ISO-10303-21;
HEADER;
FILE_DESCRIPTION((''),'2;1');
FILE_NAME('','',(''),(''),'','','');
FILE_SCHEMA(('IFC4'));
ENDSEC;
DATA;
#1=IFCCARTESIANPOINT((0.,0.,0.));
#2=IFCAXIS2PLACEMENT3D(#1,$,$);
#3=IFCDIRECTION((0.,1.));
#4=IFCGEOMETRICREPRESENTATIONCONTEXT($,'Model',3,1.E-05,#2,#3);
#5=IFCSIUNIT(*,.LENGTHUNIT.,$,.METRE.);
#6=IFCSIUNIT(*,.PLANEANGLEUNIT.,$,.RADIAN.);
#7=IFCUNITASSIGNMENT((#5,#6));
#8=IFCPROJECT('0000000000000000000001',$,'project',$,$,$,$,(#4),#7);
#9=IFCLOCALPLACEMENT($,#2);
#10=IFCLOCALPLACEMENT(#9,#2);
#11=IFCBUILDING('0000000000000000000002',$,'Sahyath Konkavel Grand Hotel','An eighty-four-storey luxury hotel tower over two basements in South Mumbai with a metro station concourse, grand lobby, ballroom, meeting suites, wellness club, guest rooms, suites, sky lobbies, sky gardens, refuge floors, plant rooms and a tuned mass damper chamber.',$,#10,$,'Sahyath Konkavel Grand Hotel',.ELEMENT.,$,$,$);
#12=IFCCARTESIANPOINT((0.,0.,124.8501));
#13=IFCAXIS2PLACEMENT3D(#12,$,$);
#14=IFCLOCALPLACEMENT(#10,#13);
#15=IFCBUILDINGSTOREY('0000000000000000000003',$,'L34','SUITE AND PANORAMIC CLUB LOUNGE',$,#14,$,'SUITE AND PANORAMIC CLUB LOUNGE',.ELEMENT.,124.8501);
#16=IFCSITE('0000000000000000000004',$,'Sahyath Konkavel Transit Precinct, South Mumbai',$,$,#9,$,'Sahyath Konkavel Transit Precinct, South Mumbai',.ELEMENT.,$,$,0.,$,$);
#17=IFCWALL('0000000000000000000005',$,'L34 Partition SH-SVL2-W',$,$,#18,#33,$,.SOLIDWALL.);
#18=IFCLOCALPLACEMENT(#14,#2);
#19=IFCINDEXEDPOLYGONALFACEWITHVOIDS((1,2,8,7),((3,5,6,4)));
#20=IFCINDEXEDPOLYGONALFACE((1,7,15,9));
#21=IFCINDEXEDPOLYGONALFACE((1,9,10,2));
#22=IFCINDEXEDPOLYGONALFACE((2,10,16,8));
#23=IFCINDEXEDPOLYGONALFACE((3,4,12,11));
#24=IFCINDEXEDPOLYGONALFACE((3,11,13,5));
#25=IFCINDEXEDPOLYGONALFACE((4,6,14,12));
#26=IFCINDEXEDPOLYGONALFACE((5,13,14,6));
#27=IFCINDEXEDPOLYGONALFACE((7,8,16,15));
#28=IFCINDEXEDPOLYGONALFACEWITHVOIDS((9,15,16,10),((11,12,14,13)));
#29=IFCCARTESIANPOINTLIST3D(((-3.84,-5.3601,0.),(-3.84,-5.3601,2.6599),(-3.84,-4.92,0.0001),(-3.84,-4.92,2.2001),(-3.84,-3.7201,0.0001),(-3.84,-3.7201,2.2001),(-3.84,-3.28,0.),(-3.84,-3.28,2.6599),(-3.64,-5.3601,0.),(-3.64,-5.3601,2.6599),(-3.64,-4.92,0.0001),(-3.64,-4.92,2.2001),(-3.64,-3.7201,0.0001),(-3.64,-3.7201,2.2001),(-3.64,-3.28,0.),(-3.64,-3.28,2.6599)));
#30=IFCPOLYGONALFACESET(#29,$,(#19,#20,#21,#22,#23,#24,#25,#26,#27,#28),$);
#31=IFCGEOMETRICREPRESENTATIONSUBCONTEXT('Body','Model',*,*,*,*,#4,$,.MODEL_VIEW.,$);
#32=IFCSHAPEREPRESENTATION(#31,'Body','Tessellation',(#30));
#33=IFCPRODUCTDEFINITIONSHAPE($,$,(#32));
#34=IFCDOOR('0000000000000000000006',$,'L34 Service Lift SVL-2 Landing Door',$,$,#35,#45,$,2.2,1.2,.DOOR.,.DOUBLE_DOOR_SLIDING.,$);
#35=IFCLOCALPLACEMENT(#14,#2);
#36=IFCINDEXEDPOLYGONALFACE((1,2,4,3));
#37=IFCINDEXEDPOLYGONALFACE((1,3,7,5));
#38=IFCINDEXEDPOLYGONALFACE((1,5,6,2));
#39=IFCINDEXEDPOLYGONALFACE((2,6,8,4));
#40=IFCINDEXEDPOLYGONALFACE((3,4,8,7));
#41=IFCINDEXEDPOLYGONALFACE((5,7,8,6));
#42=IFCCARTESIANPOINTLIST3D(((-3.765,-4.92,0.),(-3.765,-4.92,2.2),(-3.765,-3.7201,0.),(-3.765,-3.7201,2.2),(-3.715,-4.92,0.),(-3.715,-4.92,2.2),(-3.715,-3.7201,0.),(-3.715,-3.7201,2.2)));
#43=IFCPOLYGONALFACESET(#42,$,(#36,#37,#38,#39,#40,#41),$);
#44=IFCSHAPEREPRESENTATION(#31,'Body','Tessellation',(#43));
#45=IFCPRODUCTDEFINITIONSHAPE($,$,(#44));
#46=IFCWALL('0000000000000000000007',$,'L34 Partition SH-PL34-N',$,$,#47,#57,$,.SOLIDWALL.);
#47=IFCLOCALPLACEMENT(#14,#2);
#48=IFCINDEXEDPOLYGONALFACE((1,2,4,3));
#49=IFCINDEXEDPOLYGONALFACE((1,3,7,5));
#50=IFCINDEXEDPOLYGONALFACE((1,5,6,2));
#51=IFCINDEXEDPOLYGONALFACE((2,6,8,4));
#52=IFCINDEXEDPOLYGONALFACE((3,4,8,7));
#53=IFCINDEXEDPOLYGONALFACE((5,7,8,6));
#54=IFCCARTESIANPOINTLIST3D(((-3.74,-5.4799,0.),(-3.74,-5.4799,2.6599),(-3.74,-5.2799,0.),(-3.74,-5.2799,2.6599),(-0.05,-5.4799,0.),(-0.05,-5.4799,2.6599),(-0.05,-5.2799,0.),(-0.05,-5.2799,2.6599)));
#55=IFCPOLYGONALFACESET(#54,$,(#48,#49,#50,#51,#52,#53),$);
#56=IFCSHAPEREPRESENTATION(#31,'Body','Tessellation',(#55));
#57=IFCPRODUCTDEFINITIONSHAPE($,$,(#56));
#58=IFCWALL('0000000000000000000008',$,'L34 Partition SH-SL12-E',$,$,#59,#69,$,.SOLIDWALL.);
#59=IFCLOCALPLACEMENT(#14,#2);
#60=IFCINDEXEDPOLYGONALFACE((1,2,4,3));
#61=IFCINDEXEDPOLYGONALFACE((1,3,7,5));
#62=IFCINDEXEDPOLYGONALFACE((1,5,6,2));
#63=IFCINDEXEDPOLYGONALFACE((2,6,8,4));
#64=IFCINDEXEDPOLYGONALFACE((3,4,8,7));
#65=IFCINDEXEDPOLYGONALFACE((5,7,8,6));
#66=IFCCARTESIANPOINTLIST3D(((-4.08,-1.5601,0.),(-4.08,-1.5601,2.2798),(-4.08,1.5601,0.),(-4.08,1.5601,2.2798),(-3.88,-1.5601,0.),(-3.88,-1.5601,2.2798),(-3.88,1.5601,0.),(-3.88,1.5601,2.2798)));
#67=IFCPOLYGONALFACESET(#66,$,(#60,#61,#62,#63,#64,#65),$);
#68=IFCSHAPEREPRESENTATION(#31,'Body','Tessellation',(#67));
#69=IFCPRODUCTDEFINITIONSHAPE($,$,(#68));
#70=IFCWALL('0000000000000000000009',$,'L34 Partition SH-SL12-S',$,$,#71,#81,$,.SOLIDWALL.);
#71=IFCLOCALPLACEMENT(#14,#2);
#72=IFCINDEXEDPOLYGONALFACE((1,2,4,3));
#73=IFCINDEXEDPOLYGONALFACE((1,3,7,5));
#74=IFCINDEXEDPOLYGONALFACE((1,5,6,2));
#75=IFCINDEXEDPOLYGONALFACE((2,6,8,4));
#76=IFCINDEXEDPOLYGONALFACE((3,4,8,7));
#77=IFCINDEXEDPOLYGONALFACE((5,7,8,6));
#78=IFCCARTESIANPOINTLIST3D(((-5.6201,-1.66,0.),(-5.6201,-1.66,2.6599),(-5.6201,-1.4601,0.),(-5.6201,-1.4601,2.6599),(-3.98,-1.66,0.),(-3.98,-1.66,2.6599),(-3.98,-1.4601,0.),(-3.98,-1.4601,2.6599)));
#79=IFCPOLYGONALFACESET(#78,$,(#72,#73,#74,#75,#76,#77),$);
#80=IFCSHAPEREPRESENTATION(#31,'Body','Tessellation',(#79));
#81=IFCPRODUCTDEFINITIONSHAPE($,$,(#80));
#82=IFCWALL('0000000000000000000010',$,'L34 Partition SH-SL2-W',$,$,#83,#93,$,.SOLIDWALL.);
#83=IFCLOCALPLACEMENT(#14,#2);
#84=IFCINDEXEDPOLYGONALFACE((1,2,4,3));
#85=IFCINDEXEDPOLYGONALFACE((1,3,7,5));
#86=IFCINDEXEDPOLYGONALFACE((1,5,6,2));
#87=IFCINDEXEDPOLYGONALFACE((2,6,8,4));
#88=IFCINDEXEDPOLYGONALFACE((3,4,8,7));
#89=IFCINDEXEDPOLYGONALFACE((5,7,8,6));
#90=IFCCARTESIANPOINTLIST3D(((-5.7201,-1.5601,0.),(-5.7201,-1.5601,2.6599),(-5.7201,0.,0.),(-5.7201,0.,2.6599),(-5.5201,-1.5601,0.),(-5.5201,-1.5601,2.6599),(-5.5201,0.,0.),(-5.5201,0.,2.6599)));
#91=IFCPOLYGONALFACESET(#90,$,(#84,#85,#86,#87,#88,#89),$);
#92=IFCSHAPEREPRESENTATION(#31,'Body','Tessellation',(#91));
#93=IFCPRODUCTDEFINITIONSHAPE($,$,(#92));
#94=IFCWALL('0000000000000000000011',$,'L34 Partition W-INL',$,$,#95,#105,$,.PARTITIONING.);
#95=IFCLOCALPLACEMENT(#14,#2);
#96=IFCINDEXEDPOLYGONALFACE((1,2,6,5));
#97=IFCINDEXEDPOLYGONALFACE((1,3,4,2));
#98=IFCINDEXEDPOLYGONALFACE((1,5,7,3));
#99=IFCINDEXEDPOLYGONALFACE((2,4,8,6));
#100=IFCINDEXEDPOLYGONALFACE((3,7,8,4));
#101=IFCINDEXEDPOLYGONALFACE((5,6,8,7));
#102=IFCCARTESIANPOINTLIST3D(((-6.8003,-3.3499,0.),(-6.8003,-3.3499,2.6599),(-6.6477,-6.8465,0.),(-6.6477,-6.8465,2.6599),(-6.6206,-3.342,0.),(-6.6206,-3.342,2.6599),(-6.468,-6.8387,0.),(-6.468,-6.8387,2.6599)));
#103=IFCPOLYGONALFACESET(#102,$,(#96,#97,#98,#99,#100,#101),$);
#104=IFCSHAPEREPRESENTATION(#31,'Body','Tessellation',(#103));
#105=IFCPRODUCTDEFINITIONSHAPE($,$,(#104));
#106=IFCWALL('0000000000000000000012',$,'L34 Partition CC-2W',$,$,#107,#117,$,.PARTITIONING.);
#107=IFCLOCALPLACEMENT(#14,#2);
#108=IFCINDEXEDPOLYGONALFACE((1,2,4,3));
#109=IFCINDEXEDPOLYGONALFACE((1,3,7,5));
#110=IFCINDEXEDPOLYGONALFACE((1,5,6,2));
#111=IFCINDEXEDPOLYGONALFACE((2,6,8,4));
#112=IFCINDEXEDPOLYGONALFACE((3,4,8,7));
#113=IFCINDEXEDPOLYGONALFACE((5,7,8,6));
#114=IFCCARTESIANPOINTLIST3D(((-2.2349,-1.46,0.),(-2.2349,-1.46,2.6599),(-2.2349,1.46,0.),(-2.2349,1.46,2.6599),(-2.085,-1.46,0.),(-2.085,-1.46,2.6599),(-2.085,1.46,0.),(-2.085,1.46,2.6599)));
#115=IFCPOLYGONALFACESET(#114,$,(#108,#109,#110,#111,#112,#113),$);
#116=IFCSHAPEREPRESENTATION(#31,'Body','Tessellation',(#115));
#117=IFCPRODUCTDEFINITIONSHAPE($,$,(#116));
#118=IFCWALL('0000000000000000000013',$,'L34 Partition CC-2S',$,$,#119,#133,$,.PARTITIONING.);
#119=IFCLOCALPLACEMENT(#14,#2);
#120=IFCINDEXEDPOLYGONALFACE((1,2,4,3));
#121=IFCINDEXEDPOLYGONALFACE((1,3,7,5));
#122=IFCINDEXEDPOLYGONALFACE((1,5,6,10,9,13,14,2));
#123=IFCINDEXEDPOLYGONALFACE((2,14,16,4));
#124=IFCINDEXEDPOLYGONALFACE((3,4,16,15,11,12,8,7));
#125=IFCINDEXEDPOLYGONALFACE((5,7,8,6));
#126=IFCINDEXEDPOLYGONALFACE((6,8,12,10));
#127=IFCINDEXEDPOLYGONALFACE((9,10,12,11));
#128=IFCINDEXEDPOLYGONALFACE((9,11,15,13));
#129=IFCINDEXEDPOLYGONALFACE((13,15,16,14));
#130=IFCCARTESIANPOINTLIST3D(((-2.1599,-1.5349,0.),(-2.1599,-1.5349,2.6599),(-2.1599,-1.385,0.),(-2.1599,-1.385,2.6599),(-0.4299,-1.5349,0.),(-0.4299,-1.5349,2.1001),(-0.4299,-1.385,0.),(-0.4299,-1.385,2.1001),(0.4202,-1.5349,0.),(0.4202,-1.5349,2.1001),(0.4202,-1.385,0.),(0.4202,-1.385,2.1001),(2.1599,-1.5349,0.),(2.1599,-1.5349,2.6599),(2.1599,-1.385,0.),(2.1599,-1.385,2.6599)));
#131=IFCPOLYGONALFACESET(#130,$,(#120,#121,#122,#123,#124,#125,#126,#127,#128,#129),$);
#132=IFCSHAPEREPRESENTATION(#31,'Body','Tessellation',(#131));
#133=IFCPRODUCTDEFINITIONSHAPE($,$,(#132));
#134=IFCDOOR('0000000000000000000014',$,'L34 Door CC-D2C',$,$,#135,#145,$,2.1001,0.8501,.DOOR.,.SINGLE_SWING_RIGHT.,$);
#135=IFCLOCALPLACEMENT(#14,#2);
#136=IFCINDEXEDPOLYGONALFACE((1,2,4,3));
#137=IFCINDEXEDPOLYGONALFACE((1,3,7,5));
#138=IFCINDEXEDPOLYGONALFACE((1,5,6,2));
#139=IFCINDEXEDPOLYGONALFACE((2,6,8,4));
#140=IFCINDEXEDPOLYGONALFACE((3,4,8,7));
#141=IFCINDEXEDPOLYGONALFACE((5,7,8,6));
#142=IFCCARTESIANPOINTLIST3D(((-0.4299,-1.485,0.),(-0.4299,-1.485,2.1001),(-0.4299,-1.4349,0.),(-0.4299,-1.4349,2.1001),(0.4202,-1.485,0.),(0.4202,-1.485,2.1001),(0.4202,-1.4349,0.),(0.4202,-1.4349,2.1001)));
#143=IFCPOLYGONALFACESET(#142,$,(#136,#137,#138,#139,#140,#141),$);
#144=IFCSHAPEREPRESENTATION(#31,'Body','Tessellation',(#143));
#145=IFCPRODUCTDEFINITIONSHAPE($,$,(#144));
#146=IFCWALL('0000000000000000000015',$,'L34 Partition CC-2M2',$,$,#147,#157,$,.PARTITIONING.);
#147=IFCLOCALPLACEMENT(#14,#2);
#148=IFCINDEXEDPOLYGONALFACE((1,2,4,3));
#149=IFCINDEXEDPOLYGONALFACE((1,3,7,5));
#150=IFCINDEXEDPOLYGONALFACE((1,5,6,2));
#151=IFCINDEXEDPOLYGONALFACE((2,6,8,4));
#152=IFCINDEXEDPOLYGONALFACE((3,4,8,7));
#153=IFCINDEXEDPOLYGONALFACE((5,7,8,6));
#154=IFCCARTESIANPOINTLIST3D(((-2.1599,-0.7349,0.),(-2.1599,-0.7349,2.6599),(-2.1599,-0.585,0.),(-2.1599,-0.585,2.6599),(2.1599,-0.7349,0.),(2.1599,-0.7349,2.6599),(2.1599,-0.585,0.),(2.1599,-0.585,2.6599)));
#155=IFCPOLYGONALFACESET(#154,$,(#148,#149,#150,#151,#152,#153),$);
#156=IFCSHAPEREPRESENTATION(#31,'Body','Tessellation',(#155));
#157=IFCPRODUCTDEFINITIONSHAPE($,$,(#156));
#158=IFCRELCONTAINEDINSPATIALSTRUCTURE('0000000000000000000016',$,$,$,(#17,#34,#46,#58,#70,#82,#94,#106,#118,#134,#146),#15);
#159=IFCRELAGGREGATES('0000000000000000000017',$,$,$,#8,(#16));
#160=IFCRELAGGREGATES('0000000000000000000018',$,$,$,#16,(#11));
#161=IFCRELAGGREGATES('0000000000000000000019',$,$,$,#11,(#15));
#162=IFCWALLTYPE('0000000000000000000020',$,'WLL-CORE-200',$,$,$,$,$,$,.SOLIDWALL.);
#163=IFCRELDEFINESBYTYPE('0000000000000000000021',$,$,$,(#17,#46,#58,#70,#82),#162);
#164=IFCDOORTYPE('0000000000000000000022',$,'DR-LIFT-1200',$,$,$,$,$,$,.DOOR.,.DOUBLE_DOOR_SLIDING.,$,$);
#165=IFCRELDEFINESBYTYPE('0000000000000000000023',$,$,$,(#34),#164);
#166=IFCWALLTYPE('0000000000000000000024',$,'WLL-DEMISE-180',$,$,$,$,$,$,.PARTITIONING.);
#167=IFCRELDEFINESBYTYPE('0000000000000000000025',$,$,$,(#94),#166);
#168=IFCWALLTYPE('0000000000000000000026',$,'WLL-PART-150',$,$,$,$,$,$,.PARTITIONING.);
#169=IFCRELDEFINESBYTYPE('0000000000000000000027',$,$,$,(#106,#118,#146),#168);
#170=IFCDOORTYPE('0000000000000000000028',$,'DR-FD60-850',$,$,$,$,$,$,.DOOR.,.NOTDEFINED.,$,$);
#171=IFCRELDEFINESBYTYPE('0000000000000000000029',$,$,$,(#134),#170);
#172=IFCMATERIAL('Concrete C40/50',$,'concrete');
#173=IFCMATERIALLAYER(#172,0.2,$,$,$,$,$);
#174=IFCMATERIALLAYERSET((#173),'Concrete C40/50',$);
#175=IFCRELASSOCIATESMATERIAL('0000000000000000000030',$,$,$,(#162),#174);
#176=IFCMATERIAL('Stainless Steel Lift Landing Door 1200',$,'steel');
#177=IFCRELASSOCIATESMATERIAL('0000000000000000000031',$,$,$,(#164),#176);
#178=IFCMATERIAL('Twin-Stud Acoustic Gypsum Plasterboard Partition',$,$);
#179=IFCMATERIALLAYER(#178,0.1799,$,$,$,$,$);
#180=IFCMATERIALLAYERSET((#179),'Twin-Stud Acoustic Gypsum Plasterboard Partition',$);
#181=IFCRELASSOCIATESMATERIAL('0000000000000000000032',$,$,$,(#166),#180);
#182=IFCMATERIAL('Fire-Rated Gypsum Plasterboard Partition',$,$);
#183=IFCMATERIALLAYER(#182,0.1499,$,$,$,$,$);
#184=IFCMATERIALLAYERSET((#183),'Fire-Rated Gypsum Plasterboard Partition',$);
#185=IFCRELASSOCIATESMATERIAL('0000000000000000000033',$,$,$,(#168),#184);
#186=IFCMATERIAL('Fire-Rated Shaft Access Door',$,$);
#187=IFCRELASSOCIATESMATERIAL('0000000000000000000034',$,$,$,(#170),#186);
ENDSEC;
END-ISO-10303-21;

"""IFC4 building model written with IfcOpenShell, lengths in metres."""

from ifc_helpers import new_model, si_unit, direction, frame, frame_2d, origin, origin_2d, place, context, subcontext, project, spatial, rectangle, extrude, source, transform, mapped, material, layer, layer_set, type_object, element, fill, save


model = new_model("IFC4")

# Units and contexts
model_context = context("Model", 3, precision=1e-05, world=origin(), true_north=direction((0.0, 1.0)))
body_context = subcontext(model_context, "Body", "Model", "MODEL_VIEW")
ifc_project = project(units=[si_unit("LENGTHUNIT", "METRE"), si_unit("PLANEANGLEUNIT", "RADIAN")], contexts=[model_context])

# Site, building, storey
site_placement = place(None, origin())
site = spatial("IfcSite", under=ifc_project, at=site_placement, Name="Sahyath Konkavel Transit Precinct, South Mumbai", LongName="Sahyath Konkavel Transit Precinct, South Mumbai", CompositionType="ELEMENT", RefElevation=0.0)
building_placement = place(site_placement, origin())
building = spatial("IfcBuilding", under=site, at=building_placement, Name="Sahyath Konkavel Grand Hotel", Description="An eighty-four-storey luxury hotel tower over two basements in South Mumbai with a metro station concourse, grand lobby, ballroom, meeting suites, wellness club, guest rooms, suites, sky lobbies, sky gardens, refuge floors, plant rooms and a tuned mass damper chamber.", LongName="Sahyath Konkavel Grand Hotel", CompositionType="ELEMENT")
storey_placement = place(building_placement, frame((0.0, 0.0, 124.8501)))
storey = spatial("IfcBuildingStorey", under=building, at=storey_placement, Name="L34", Description="SUITE AND PANORAMIC CLUB LOUNGE", LongName="SUITE AND PANORAMIC CLUB LOUNGE", CompositionType="ELEMENT", Elevation=124.8501)

# Shared definitions
ifc_material_1 = material(Name="Concrete C40/50", Category="concrete")
ifc_layer_1 = layer(ifc_material_1, 0.2)
ifc_layer_set_1 = layer_set([ifc_layer_1], Name="Concrete C40/50")
wall_type_1 = type_object("IfcWallType", Name="WLL-CORE-200", PredefinedType="SOLIDWALL", material=ifc_layer_set_1)

# Wall, opening, door
wall_1_placement = place(storey_placement, frame((-3.74, -5.3601, 0.0), z_axis=(0.0, 0.0, 1.0), x_axis=(0.0, 1.0, 0.0)))
wall_1 = element("IfcWall", 1, at=wall_1_placement, inside=storey, type_object=wall_type_1, Name="L34 Partition SH-SVL2-W", PredefinedType="SOLIDWALL", context=body_context, shape_type="SweptSolid", body=[
    extrude(rectangle(XDim=2.0801, YDim=0.2, at=frame_2d((1.04, 0.0))), origin(), (0.0, 0.0, 1.0), 2.6599),
])
opening_1_placement = place(wall_1_placement, frame((0.4399, 0.0, 0.0)))
opening_1 = element("IfcOpeningElement", 2, at=opening_1_placement, cuts=wall_1, PredefinedType="OPENING", context=body_context, shape_type="SweptSolid", body=[
    extrude(rectangle(XDim=1.2, YDim=2.2, at=frame_2d((0.6001, 1.1001))), frame((0.0, 0.1099, 0.0), z_axis=(0.0, -1.0, 0.0), x_axis=(1.0, 0.0, 0.0)), (0.0, 0.0, 1.0), 0.22),
])
ifc_material_2 = material(Name="Stainless Steel Lift Landing Door 1200", Category="steel")
door_type_1 = type_object("IfcDoorType", Name="DR-LIFT-1200", OperationType="DOUBLE_DOOR_SLIDING", PredefinedType="DOOR", material=ifc_material_2)
shared_shape_1 = source(origin(), body_context, "Body", "SweptSolid", [
    extrude(rectangle(XDim=1.2, YDim=0.05, at=origin_2d()), origin(), (0.0, 0.0, 1.0), 2.2),
])
door_1_placement = place(opening_1_placement, frame((0.6001, 0.0, 0.0)))
door_1 = element("IfcDoor", 3, at=door_1_placement, inside=storey, type_object=door_type_1, Name="L34 Service Lift SVL-2 Landing Door", OperationType="DOUBLE_DOOR_SLIDING", OverallHeight=2.2, OverallWidth=1.2, PredefinedType="DOOR", context=body_context, shape_type="MappedRepresentation", body=[
    mapped(shared_shape_1, transform((0.0, 0.0, 0.0), scale=1.0)),
])
fill(opening_1, door_1)

# Walls
wall_2_placement = place(storey_placement, frame((-3.74, -5.3799, 0.0), z_axis=(0.0, 0.0, 1.0), x_axis=(1.0, 0.0, 0.0)))
element("IfcWall", 4, at=wall_2_placement, inside=storey, type_object=wall_type_1, Name="L34 Partition SH-PL34-N", PredefinedType="SOLIDWALL", context=body_context, shape_type="SweptSolid", body=[
    extrude(rectangle(XDim=3.6899, YDim=0.2, at=frame_2d((1.845, 0.0))), origin(), (0.0, 0.0, 1.0), 2.6599),
])
wall_3_placement = place(storey_placement, frame((-3.98, -1.5601, 0.0), z_axis=(0.0, 0.0, 1.0), x_axis=(0.0, 1.0, 0.0)))
element("IfcWall", 5, at=wall_3_placement, inside=storey, type_object=wall_type_1, Name="L34 Partition SH-SL12-E", PredefinedType="SOLIDWALL", context=body_context, shape_type="SweptSolid", body=[
    extrude(rectangle(XDim=3.1201, YDim=0.2, at=frame_2d((1.5601, 0.0))), origin(), (0.0, 0.0, 1.0), 2.2798),
])
wall_4_placement = place(storey_placement, frame((-5.6201, -1.5601, 0.0), z_axis=(0.0, 0.0, 1.0), x_axis=(1.0, 0.0, 0.0)))
element("IfcWall", 6, at=wall_4_placement, inside=storey, type_object=wall_type_1, Name="L34 Partition SH-SL12-S", PredefinedType="SOLIDWALL", context=body_context, shape_type="SweptSolid", body=[
    extrude(rectangle(XDim=1.6401, YDim=0.2, at=frame_2d((0.8201, 0.0))), origin(), (0.0, 0.0, 1.0), 2.6599),
])
wall_5_placement = place(storey_placement, frame((-5.6201, -1.5601, 0.0), z_axis=(0.0, 0.0, 1.0), x_axis=(0.0, 1.0, 0.0)))
element("IfcWall", 7, at=wall_5_placement, inside=storey, type_object=wall_type_1, Name="L34 Partition SH-SL2-W", PredefinedType="SOLIDWALL", context=body_context, shape_type="SweptSolid", body=[
    extrude(rectangle(XDim=1.5601, YDim=0.2, at=frame_2d((0.78, 0.0))), origin(), (0.0, 0.0, 1.0), 2.6599),
])
ifc_material_3 = material(Name="Twin-Stud Acoustic Gypsum Plasterboard Partition")
ifc_layer_2 = layer(ifc_material_3, 0.1799)
ifc_layer_set_2 = layer_set([ifc_layer_2], Name="Twin-Stud Acoustic Gypsum Plasterboard Partition")
wall_type_2 = type_object("IfcWallType", Name="WLL-DEMISE-180", PredefinedType="PARTITIONING", material=ifc_layer_set_2)
wall_6_placement = place(storey_placement, frame((-6.7104, -3.3459, 0.0), z_axis=(0.0, 0.0, 1.0), x_axis=(0.043598, -0.999049, 0.0)))
element("IfcWall", 8, at=wall_6_placement, inside=storey, type_object=wall_type_2, Name="L34 Partition W-INL", PredefinedType="PARTITIONING", context=body_context, shape_type="SweptSolid", body=[
    extrude(rectangle(XDim=3.5, YDim=0.1799, at=frame_2d((1.75, 0.0))), origin(), (0.0, 0.0, 1.0), 2.6599),
])
ifc_material_4 = material(Name="Fire-Rated Gypsum Plasterboard Partition")
ifc_layer_3 = layer(ifc_material_4, 0.1499)
ifc_layer_set_3 = layer_set([ifc_layer_3], Name="Fire-Rated Gypsum Plasterboard Partition")
wall_type_3 = type_object("IfcWallType", Name="WLL-PART-150", PredefinedType="PARTITIONING", material=ifc_layer_set_3)
wall_7_placement = place(storey_placement, frame((-2.1599, -1.46, 0.0), z_axis=(0.0, 0.0, 1.0), x_axis=(0.0, 1.0, 0.0)))
element("IfcWall", 9, at=wall_7_placement, inside=storey, type_object=wall_type_3, Name="L34 Partition CC-2W", PredefinedType="PARTITIONING", context=body_context, shape_type="SweptSolid", body=[
    extrude(rectangle(XDim=2.9199, YDim=0.1499, at=frame_2d((1.46, 0.0))), origin(), (0.0, 0.0, 1.0), 2.6599),
])

# Wall, opening, door
wall_8_placement = place(storey_placement, frame((-2.1599, -1.46, 0.0), z_axis=(0.0, 0.0, 1.0), x_axis=(1.0, 0.0, 0.0)))
wall_8 = element("IfcWall", 10, at=wall_8_placement, inside=storey, type_object=wall_type_3, Name="L34 Partition CC-2S", PredefinedType="PARTITIONING", context=body_context, shape_type="SweptSolid", body=[
    extrude(rectangle(XDim=4.3198, YDim=0.1499, at=frame_2d((2.1599, 0.0))), origin(), (0.0, 0.0, 1.0), 2.6599),
])
opening_2_placement = place(wall_8_placement, frame((1.73, 0.0, 0.0)))
opening_2 = element("IfcOpeningElement", 11, at=opening_2_placement, cuts=wall_8, PredefinedType="OPENING", context=body_context, shape_type="SweptSolid", body=[
    extrude(rectangle(XDim=0.8501, YDim=2.1001, at=frame_2d((0.425, 1.05))), frame((0.0, 0.085, 0.0), z_axis=(0.0, -1.0, 0.0), x_axis=(1.0, 0.0, 0.0)), (0.0, 0.0, 1.0), 0.1699),
])
ifc_material_5 = material(Name="Fire-Rated Shaft Access Door")
door_type_2 = type_object("IfcDoorType", Name="DR-FD60-850", OperationType="NOTDEFINED", PredefinedType="DOOR", material=ifc_material_5)
shared_shape_2 = source(origin(), body_context, "Body", "SweptSolid", [
    extrude(rectangle(XDim=0.8501, YDim=0.05, at=origin_2d()), origin(), (0.0, 0.0, 1.0), 2.1001),
])
door_2_placement = place(opening_2_placement, frame((0.425, 0.0, 0.0)))
door_2 = element("IfcDoor", 12, at=door_2_placement, inside=storey, type_object=door_type_2, Name="L34 Door CC-D2C", OperationType="SINGLE_SWING_RIGHT", OverallHeight=2.1001, OverallWidth=0.8501, PredefinedType="DOOR", context=body_context, shape_type="MappedRepresentation", body=[
    mapped(shared_shape_2, transform((0.0, 0.0, 0.0), scale=1.0)),
])
fill(opening_2, door_2)

# Wall
wall_9_placement = place(storey_placement, frame((-2.1599, -0.6599, 0.0), z_axis=(0.0, 0.0, 1.0), x_axis=(1.0, 0.0, 0.0)))
element("IfcWall", 13, at=wall_9_placement, inside=storey, type_object=wall_type_3, Name="L34 Partition CC-2M2", PredefinedType="PARTITIONING", context=body_context, shape_type="SweptSolid", body=[
    extrude(rectangle(XDim=4.3198, YDim=0.1499, at=frame_2d((2.1599, 0.0))), origin(), (0.0, 0.0, 1.0), 2.6599),
])

save(model, "model.ifc")
